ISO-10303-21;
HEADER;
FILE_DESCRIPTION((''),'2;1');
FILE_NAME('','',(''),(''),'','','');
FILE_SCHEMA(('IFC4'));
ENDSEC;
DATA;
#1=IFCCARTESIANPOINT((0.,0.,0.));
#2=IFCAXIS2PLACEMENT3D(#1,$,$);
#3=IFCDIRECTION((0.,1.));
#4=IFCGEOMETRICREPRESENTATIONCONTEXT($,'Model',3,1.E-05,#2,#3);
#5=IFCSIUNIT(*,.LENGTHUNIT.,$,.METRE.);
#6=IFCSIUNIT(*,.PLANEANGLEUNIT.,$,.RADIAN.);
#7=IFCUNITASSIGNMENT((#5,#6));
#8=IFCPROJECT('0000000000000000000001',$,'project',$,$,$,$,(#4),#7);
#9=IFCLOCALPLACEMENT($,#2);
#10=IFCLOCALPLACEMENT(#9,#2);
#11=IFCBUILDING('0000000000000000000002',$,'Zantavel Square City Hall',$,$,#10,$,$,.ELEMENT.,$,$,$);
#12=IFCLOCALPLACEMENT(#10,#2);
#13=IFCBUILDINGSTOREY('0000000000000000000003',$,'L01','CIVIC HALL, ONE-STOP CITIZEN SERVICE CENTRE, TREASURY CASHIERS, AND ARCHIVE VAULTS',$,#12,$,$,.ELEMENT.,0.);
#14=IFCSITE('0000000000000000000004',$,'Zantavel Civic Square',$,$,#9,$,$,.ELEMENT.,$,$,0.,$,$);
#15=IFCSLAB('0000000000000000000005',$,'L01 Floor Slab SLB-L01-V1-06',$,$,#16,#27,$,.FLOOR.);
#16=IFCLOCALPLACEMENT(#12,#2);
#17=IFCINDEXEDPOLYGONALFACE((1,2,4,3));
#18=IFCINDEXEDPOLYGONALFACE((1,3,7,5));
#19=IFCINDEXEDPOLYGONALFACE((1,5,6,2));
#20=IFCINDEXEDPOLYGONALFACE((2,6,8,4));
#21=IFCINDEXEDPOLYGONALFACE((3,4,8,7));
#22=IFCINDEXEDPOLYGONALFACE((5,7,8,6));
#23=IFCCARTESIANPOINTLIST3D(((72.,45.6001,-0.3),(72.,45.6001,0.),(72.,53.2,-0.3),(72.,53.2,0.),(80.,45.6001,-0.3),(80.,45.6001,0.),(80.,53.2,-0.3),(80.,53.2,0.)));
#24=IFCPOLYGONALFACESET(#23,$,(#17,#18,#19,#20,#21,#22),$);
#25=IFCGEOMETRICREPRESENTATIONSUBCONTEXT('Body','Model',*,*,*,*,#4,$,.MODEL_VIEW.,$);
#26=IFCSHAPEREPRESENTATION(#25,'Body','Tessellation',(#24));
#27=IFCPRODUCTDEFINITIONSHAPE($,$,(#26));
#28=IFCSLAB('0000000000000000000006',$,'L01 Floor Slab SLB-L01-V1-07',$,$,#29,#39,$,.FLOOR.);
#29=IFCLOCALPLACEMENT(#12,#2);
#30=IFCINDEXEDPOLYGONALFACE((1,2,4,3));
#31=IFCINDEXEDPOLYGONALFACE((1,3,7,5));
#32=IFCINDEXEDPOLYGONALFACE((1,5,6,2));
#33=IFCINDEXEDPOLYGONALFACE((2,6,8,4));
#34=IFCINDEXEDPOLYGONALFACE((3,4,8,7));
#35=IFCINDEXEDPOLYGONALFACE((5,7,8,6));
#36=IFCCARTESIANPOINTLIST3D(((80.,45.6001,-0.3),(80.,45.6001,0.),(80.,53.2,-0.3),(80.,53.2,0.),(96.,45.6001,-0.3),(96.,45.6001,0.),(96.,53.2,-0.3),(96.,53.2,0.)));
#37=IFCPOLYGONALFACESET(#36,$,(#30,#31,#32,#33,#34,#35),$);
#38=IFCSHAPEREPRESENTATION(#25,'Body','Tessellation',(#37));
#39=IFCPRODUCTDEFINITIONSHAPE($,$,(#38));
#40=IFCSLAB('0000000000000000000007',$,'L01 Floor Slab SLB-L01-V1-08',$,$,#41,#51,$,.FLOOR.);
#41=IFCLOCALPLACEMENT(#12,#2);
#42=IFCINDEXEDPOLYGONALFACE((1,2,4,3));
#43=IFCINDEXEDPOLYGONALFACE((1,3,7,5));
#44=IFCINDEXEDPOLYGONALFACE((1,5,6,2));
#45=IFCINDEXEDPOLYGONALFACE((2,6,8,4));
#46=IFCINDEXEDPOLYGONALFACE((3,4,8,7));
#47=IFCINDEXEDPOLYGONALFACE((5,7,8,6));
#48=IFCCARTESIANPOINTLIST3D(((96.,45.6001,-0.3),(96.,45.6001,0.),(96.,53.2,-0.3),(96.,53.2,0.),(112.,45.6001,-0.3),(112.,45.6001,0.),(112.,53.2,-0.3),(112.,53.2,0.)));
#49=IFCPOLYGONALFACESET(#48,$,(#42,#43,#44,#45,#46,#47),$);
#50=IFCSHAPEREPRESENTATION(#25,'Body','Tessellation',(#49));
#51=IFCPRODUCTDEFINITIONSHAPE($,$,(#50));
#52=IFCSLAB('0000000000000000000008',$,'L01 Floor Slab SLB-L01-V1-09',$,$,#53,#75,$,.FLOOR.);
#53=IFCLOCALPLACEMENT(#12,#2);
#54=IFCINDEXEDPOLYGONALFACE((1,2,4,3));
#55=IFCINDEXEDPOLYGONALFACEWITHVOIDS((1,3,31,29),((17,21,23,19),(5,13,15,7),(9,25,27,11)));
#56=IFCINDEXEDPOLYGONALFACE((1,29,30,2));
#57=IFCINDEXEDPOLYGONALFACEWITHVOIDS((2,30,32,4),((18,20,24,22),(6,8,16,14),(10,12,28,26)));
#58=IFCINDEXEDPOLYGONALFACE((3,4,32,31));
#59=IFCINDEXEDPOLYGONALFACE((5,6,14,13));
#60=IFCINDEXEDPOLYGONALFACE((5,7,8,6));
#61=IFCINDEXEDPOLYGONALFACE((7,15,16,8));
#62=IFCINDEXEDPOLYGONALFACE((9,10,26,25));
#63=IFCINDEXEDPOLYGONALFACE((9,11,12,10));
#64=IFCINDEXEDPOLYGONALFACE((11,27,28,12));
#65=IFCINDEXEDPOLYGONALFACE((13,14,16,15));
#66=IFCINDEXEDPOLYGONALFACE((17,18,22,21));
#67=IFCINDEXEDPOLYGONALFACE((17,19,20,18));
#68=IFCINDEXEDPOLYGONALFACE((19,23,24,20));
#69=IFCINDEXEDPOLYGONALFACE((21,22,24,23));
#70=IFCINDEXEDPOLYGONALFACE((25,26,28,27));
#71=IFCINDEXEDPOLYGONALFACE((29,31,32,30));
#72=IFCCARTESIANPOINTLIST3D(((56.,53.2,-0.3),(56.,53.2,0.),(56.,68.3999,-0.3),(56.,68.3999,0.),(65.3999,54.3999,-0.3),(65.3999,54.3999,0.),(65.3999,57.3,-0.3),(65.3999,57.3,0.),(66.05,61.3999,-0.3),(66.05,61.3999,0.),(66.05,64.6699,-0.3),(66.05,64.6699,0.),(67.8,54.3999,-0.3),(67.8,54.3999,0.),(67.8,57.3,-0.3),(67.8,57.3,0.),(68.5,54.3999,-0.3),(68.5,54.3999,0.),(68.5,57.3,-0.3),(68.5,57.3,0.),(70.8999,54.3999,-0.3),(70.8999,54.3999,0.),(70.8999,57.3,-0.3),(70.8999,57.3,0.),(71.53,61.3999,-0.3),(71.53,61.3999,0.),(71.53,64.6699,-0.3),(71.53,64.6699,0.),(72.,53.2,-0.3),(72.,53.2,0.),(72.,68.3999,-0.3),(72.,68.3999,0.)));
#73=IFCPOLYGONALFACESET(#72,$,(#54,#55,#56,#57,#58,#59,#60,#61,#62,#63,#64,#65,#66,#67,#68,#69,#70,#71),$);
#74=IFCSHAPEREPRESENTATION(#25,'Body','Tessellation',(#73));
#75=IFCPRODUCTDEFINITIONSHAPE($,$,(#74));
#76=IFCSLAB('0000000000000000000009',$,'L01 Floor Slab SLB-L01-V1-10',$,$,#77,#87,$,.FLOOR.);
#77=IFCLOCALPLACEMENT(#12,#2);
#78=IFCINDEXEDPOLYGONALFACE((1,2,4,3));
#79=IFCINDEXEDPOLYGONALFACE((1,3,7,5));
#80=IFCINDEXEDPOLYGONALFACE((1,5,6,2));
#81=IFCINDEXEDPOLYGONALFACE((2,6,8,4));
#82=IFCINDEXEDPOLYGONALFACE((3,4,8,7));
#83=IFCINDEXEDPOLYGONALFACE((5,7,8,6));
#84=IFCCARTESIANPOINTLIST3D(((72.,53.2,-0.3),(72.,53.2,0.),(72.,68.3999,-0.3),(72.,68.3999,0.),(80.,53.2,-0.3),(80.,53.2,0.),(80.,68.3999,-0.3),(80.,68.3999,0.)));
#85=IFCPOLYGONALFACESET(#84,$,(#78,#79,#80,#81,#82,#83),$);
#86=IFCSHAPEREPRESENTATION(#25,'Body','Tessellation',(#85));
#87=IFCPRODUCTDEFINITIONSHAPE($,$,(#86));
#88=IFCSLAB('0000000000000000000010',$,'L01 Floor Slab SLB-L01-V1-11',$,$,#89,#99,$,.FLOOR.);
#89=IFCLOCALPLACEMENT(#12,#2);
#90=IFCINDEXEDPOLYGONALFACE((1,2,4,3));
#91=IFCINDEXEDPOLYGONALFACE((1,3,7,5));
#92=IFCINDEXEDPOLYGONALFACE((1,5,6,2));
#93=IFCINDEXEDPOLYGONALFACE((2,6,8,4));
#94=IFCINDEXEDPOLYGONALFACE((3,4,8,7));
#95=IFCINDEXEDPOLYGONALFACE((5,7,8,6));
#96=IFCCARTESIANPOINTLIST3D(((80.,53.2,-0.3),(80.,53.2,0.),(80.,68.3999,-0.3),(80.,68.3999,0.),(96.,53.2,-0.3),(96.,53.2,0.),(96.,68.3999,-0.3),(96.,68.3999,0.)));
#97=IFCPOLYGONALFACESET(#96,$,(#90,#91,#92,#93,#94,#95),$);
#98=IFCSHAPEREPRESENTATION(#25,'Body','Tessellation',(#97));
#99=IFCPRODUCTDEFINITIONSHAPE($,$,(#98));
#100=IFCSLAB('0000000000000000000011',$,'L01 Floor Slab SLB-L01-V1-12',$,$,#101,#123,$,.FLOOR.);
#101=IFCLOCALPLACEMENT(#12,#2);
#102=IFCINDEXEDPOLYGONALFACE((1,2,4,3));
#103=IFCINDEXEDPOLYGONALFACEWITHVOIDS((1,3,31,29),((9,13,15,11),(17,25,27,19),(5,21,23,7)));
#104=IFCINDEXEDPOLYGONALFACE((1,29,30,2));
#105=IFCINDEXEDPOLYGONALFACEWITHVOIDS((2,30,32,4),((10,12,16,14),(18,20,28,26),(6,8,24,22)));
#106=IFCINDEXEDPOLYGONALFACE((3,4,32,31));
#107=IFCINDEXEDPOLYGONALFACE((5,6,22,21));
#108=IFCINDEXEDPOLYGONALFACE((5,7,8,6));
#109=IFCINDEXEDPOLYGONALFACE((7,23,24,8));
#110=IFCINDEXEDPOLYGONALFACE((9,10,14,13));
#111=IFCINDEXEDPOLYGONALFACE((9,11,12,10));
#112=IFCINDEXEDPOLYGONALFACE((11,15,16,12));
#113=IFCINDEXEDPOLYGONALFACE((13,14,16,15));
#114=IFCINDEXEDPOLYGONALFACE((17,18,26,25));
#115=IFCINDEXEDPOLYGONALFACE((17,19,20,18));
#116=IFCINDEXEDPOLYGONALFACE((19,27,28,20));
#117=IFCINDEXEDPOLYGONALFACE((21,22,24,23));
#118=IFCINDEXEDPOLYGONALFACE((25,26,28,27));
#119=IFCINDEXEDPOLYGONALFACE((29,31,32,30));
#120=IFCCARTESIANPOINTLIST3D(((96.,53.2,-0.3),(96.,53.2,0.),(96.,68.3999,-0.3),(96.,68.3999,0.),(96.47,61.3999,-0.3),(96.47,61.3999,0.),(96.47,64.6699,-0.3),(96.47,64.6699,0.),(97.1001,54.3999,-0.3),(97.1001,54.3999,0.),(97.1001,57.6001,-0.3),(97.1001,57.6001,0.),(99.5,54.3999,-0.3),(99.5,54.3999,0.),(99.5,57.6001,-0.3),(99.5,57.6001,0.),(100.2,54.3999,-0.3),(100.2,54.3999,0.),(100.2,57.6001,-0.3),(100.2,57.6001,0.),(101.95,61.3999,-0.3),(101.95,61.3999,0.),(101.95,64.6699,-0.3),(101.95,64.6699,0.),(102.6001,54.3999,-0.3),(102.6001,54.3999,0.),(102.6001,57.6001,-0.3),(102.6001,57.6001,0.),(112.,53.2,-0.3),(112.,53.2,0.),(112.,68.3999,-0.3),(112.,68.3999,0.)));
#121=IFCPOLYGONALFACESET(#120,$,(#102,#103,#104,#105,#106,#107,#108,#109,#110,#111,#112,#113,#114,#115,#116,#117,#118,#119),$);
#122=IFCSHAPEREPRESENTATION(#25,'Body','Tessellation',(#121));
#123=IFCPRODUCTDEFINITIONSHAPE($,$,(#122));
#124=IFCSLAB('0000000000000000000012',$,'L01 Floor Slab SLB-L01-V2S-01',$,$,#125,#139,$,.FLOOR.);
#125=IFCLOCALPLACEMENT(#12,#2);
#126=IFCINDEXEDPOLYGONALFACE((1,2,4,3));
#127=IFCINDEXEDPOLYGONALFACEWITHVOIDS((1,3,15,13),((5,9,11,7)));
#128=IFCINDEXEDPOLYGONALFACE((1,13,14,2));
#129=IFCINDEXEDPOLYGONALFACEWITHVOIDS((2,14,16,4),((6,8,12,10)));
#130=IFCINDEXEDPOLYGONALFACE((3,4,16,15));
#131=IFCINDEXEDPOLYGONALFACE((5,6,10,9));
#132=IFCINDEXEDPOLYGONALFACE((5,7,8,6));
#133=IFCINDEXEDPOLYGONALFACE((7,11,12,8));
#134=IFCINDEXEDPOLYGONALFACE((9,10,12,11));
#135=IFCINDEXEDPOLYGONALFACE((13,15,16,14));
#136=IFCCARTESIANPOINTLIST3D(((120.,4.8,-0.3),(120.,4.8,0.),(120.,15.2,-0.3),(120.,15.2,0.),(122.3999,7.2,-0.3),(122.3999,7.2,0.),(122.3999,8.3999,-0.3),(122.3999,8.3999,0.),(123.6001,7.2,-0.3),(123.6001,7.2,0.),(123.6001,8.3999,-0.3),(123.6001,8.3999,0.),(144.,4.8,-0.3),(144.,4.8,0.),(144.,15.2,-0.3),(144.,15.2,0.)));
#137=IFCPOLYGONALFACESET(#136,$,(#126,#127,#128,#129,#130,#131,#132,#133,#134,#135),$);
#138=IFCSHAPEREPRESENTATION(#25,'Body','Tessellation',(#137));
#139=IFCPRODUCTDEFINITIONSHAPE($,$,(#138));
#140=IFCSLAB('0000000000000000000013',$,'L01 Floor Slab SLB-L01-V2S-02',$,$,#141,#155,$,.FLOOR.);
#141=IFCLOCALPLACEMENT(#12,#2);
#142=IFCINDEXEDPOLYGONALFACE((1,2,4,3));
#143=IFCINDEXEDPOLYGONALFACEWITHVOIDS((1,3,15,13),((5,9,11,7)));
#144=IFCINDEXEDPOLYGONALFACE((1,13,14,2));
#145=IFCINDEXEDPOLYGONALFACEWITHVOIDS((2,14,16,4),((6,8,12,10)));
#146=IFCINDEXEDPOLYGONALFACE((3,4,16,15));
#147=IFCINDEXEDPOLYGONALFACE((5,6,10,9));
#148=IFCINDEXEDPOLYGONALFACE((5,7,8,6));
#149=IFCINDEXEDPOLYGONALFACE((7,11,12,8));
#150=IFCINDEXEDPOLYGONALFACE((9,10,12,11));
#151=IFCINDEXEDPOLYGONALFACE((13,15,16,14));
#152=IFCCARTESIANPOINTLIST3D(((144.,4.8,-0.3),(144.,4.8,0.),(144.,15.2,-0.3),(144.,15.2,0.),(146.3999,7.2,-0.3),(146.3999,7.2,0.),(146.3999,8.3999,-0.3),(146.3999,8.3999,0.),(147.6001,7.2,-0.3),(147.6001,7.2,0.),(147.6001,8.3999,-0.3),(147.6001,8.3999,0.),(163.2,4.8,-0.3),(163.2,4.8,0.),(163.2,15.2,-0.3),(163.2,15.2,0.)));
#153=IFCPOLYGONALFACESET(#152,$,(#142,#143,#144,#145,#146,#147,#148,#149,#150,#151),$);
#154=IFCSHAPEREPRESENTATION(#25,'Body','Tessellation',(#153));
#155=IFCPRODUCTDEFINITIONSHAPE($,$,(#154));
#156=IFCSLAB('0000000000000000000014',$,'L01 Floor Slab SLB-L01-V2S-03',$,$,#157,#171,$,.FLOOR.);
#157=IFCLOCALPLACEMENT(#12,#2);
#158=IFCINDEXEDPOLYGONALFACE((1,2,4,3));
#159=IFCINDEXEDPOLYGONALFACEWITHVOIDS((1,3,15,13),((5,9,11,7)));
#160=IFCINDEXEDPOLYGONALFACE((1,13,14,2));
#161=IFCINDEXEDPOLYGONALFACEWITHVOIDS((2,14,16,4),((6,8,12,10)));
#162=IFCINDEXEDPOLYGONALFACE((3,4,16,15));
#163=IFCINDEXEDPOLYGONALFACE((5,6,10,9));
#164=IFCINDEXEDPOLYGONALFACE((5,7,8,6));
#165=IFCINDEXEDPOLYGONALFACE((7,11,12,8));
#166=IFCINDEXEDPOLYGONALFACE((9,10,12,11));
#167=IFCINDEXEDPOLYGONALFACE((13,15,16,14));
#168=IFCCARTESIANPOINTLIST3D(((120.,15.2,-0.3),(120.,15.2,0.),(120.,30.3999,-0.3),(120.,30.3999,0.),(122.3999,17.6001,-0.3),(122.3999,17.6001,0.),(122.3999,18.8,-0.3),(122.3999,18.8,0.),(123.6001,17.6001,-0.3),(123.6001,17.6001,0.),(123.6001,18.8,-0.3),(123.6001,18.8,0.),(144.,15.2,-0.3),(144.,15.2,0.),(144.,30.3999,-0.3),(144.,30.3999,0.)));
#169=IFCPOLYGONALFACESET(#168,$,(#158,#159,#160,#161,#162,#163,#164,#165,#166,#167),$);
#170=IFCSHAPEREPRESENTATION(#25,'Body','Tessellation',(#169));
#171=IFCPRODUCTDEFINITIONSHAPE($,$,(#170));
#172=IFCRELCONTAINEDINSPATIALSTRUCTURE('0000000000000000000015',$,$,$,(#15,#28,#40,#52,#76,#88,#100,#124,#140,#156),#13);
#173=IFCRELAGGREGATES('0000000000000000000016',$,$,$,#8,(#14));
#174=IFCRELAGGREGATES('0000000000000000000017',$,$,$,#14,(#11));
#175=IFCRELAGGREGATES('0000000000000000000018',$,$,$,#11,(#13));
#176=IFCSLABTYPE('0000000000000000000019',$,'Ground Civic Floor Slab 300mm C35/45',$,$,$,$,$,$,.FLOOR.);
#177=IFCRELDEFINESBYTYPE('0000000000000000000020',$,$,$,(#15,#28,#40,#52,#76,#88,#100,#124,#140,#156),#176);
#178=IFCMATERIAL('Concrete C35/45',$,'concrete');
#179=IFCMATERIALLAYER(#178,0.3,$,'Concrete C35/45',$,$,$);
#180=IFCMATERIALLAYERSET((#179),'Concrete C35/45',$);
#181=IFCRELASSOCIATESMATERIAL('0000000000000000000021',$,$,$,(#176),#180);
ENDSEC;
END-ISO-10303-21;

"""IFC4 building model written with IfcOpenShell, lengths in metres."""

from ifc_helpers import new_model, si_unit, direction, frame, origin, place, context, subcontext, project, spatial, polyline, outline, extrude, material, layer, layer_set, type_object, element, save


model = new_model("IFC4")

# Units and contexts
model_context = context("Model", 3, precision=1e-05, world=origin(), true_north=direction((0.0, 1.0)))
body_context = subcontext(model_context, "Body", "Model", "MODEL_VIEW")
ifc_project = project(units=[si_unit("LENGTHUNIT", "METRE"), si_unit("PLANEANGLEUNIT", "RADIAN")], contexts=[model_context])

# Site, building, storey
site_placement = place(None, origin())
site = spatial("IfcSite", under=ifc_project, at=site_placement, Name="Zantavel Civic Square", CompositionType="ELEMENT", RefElevation=0.0)
building_placement = place(site_placement, origin())
building = spatial("IfcBuilding", under=site, at=building_placement, Name="Zantavel Square City Hall", CompositionType="ELEMENT")
storey_placement = place(building_placement, origin())
storey = spatial("IfcBuildingStorey", under=building, at=storey_placement, Name="L01", Description="CIVIC HALL, ONE-STOP CITIZEN SERVICE CENTRE, TREASURY CASHIERS, AND ARCHIVE VAULTS", CompositionType="ELEMENT", Elevation=0.0)

# Slabs
ifc_material_1 = material(Name="Concrete C35/45", Category="concrete")
ifc_layer_1 = layer(ifc_material_1, 0.3, Name="Concrete C35/45")
ifc_layer_set_1 = layer_set([ifc_layer_1], Name="Concrete C35/45")
slab_type_1 = type_object("IfcSlabType", Name="Ground Civic Floor Slab 300mm C35/45", PredefinedType="FLOOR", material=ifc_layer_set_1)
slab_1_placement = place(storey_placement, frame((0.0, 0.0, -0.3)))
element("IfcSlab", 1, at=slab_1_placement, inside=storey, type_object=slab_type_1, Name="L01 Floor Slab SLB-L01-V1-06", PredefinedType="FLOOR", context=body_context, shape_type="SweptSolid", body=[
    extrude(outline(polyline([(80.0, 53.2), (80.0, 45.6001), (72.0, 45.6001), (72.0, 53.2), (80.0, 53.2)])), origin(), (0.0, 0.0, 1.0), 0.3),
])
slab_2_placement = place(storey_placement, frame((0.0, 0.0, -0.3)))
element("IfcSlab", 2, at=slab_2_placement, inside=storey, type_object=slab_type_1, Name="L01 Floor Slab SLB-L01-V1-07", PredefinedType="FLOOR", context=body_context, shape_type="SweptSolid", body=[
    extrude(outline(polyline([(96.0, 53.2), (96.0, 45.6001), (80.0, 45.6001), (80.0, 53.2), (96.0, 53.2)])), origin(), (0.0, 0.0, 1.0), 0.3),
])
slab_3_placement = place(storey_placement, frame((0.0, 0.0, -0.3)))
element("IfcSlab", 3, at=slab_3_placement, inside=storey, type_object=slab_type_1, Name="L01 Floor Slab SLB-L01-V1-08", PredefinedType="FLOOR", context=body_context, shape_type="SweptSolid", body=[
    extrude(outline(polyline([(112.0, 53.2), (112.0, 45.6001), (96.0, 45.6001), (96.0, 53.2), (112.0, 53.2)])), origin(), (0.0, 0.0, 1.0), 0.3),
])
slab_4_placement = place(storey_placement, frame((0.0, 0.0, -0.3)))
element("IfcSlab", 4, at=slab_4_placement, inside=storey, type_object=slab_type_1, Name="L01 Floor Slab SLB-L01-V1-09", PredefinedType="FLOOR", context=body_context, shape_type="SweptSolid", body=[
    extrude(outline(polyline([(56.0, 53.2), (56.0, 68.3999), (72.0, 68.3999), (72.0, 53.2), (56.0, 53.2)]), holes=[polyline([(66.05, 61.3999), (71.53, 61.3999), (71.53, 64.6699), (66.05, 64.6699), (66.05, 61.3999)]), polyline([(65.3999, 57.3), (65.3999, 54.3999), (67.8, 54.3999), (67.8, 57.3), (65.3999, 57.3)]), polyline([(70.8999, 57.3), (68.5, 57.3), (68.5, 54.3999), (70.8999, 54.3999), (70.8999, 57.3)])]), origin(), (0.0, 0.0, 1.0), 0.3),
])
slab_5_placement = place(storey_placement, frame((0.0, 0.0, -0.3)))
element("IfcSlab", 5, at=slab_5_placement, inside=storey, type_object=slab_type_1, Name="L01 Floor Slab SLB-L01-V1-10", PredefinedType="FLOOR", context=body_context, shape_type="SweptSolid", body=[
    extrude(outline(polyline([(80.0, 68.3999), (80.0, 53.2), (72.0, 53.2), (72.0, 68.3999), (80.0, 68.3999)])), origin(), (0.0, 0.0, 1.0), 0.3),
])
slab_6_placement = place(storey_placement, frame((0.0, 0.0, -0.3)))
element("IfcSlab", 6, at=slab_6_placement, inside=storey, type_object=slab_type_1, Name="L01 Floor Slab SLB-L01-V1-11", PredefinedType="FLOOR", context=body_context, shape_type="SweptSolid", body=[
    extrude(outline(polyline([(96.0, 68.3999), (96.0, 53.2), (80.0, 53.2), (80.0, 68.3999), (96.0, 68.3999)])), origin(), (0.0, 0.0, 1.0), 0.3),
])
slab_7_placement = place(storey_placement, frame((0.0, 0.0, -0.3)))
element("IfcSlab", 7, at=slab_7_placement, inside=storey, type_object=slab_type_1, Name="L01 Floor Slab SLB-L01-V1-12", PredefinedType="FLOOR", context=body_context, shape_type="SweptSolid", body=[
    extrude(outline(polyline([(96.0, 68.3999), (112.0, 68.3999), (112.0, 53.2), (96.0, 53.2), (96.0, 68.3999)]), holes=[polyline([(96.47, 61.3999), (101.95, 61.3999), (101.95, 64.6699), (96.47, 64.6699), (96.47, 61.3999)]), polyline([(97.1001, 57.6001), (97.1001, 54.3999), (99.5, 54.3999), (99.5, 57.6001), (97.1001, 57.6001)]), polyline([(102.6001, 57.6001), (100.2, 57.6001), (100.2, 54.3999), (102.6001, 54.3999), (102.6001, 57.6001)])]), origin(), (0.0, 0.0, 1.0), 0.3),
])
slab_8_placement = place(storey_placement, frame((0.0, 0.0, -0.3)))
element("IfcSlab", 8, at=slab_8_placement, inside=storey, type_object=slab_type_1, Name="L01 Floor Slab SLB-L01-V2S-01", PredefinedType="FLOOR", context=body_context, shape_type="SweptSolid", body=[
    extrude(outline(polyline([(120.0, 15.2), (144.0, 15.2), (144.0, 4.8), (120.0, 4.8), (120.0, 15.2)]), holes=[polyline([(123.6001, 8.3999), (122.3999, 8.3999), (122.3999, 7.2), (123.6001, 7.2), (123.6001, 8.3999)])]), origin(), (0.0, 0.0, 1.0), 0.3),
])
slab_9_placement = place(storey_placement, frame((0.0, 0.0, -0.3)))
element("IfcSlab", 9, at=slab_9_placement, inside=storey, type_object=slab_type_1, Name="L01 Floor Slab SLB-L01-V2S-02", PredefinedType="FLOOR", context=body_context, shape_type="SweptSolid", body=[
    extrude(outline(polyline([(163.2, 4.8), (144.0, 4.8), (144.0, 15.2), (163.2, 15.2), (163.2, 4.8)]), holes=[polyline([(147.6001, 8.3999), (146.3999, 8.3999), (146.3999, 7.2), (147.6001, 7.2), (147.6001, 8.3999)])]), origin(), (0.0, 0.0, 1.0), 0.3),
])
slab_10_placement = place(storey_placement, frame((0.0, 0.0, -0.3)))
element("IfcSlab", 10, at=slab_10_placement, inside=storey, type_object=slab_type_1, Name="L01 Floor Slab SLB-L01-V2S-03", PredefinedType="FLOOR", context=body_context, shape_type="SweptSolid", body=[
    extrude(outline(polyline([(144.0, 30.3999), (144.0, 15.2), (120.0, 15.2), (120.0, 30.3999), (144.0, 30.3999)]), holes=[polyline([(123.6001, 18.8), (122.3999, 18.8), (122.3999, 17.6001), (123.6001, 17.6001), (123.6001, 18.8)])]), origin(), (0.0, 0.0, 1.0), 0.3),
])

save(model, "model.ifc")
